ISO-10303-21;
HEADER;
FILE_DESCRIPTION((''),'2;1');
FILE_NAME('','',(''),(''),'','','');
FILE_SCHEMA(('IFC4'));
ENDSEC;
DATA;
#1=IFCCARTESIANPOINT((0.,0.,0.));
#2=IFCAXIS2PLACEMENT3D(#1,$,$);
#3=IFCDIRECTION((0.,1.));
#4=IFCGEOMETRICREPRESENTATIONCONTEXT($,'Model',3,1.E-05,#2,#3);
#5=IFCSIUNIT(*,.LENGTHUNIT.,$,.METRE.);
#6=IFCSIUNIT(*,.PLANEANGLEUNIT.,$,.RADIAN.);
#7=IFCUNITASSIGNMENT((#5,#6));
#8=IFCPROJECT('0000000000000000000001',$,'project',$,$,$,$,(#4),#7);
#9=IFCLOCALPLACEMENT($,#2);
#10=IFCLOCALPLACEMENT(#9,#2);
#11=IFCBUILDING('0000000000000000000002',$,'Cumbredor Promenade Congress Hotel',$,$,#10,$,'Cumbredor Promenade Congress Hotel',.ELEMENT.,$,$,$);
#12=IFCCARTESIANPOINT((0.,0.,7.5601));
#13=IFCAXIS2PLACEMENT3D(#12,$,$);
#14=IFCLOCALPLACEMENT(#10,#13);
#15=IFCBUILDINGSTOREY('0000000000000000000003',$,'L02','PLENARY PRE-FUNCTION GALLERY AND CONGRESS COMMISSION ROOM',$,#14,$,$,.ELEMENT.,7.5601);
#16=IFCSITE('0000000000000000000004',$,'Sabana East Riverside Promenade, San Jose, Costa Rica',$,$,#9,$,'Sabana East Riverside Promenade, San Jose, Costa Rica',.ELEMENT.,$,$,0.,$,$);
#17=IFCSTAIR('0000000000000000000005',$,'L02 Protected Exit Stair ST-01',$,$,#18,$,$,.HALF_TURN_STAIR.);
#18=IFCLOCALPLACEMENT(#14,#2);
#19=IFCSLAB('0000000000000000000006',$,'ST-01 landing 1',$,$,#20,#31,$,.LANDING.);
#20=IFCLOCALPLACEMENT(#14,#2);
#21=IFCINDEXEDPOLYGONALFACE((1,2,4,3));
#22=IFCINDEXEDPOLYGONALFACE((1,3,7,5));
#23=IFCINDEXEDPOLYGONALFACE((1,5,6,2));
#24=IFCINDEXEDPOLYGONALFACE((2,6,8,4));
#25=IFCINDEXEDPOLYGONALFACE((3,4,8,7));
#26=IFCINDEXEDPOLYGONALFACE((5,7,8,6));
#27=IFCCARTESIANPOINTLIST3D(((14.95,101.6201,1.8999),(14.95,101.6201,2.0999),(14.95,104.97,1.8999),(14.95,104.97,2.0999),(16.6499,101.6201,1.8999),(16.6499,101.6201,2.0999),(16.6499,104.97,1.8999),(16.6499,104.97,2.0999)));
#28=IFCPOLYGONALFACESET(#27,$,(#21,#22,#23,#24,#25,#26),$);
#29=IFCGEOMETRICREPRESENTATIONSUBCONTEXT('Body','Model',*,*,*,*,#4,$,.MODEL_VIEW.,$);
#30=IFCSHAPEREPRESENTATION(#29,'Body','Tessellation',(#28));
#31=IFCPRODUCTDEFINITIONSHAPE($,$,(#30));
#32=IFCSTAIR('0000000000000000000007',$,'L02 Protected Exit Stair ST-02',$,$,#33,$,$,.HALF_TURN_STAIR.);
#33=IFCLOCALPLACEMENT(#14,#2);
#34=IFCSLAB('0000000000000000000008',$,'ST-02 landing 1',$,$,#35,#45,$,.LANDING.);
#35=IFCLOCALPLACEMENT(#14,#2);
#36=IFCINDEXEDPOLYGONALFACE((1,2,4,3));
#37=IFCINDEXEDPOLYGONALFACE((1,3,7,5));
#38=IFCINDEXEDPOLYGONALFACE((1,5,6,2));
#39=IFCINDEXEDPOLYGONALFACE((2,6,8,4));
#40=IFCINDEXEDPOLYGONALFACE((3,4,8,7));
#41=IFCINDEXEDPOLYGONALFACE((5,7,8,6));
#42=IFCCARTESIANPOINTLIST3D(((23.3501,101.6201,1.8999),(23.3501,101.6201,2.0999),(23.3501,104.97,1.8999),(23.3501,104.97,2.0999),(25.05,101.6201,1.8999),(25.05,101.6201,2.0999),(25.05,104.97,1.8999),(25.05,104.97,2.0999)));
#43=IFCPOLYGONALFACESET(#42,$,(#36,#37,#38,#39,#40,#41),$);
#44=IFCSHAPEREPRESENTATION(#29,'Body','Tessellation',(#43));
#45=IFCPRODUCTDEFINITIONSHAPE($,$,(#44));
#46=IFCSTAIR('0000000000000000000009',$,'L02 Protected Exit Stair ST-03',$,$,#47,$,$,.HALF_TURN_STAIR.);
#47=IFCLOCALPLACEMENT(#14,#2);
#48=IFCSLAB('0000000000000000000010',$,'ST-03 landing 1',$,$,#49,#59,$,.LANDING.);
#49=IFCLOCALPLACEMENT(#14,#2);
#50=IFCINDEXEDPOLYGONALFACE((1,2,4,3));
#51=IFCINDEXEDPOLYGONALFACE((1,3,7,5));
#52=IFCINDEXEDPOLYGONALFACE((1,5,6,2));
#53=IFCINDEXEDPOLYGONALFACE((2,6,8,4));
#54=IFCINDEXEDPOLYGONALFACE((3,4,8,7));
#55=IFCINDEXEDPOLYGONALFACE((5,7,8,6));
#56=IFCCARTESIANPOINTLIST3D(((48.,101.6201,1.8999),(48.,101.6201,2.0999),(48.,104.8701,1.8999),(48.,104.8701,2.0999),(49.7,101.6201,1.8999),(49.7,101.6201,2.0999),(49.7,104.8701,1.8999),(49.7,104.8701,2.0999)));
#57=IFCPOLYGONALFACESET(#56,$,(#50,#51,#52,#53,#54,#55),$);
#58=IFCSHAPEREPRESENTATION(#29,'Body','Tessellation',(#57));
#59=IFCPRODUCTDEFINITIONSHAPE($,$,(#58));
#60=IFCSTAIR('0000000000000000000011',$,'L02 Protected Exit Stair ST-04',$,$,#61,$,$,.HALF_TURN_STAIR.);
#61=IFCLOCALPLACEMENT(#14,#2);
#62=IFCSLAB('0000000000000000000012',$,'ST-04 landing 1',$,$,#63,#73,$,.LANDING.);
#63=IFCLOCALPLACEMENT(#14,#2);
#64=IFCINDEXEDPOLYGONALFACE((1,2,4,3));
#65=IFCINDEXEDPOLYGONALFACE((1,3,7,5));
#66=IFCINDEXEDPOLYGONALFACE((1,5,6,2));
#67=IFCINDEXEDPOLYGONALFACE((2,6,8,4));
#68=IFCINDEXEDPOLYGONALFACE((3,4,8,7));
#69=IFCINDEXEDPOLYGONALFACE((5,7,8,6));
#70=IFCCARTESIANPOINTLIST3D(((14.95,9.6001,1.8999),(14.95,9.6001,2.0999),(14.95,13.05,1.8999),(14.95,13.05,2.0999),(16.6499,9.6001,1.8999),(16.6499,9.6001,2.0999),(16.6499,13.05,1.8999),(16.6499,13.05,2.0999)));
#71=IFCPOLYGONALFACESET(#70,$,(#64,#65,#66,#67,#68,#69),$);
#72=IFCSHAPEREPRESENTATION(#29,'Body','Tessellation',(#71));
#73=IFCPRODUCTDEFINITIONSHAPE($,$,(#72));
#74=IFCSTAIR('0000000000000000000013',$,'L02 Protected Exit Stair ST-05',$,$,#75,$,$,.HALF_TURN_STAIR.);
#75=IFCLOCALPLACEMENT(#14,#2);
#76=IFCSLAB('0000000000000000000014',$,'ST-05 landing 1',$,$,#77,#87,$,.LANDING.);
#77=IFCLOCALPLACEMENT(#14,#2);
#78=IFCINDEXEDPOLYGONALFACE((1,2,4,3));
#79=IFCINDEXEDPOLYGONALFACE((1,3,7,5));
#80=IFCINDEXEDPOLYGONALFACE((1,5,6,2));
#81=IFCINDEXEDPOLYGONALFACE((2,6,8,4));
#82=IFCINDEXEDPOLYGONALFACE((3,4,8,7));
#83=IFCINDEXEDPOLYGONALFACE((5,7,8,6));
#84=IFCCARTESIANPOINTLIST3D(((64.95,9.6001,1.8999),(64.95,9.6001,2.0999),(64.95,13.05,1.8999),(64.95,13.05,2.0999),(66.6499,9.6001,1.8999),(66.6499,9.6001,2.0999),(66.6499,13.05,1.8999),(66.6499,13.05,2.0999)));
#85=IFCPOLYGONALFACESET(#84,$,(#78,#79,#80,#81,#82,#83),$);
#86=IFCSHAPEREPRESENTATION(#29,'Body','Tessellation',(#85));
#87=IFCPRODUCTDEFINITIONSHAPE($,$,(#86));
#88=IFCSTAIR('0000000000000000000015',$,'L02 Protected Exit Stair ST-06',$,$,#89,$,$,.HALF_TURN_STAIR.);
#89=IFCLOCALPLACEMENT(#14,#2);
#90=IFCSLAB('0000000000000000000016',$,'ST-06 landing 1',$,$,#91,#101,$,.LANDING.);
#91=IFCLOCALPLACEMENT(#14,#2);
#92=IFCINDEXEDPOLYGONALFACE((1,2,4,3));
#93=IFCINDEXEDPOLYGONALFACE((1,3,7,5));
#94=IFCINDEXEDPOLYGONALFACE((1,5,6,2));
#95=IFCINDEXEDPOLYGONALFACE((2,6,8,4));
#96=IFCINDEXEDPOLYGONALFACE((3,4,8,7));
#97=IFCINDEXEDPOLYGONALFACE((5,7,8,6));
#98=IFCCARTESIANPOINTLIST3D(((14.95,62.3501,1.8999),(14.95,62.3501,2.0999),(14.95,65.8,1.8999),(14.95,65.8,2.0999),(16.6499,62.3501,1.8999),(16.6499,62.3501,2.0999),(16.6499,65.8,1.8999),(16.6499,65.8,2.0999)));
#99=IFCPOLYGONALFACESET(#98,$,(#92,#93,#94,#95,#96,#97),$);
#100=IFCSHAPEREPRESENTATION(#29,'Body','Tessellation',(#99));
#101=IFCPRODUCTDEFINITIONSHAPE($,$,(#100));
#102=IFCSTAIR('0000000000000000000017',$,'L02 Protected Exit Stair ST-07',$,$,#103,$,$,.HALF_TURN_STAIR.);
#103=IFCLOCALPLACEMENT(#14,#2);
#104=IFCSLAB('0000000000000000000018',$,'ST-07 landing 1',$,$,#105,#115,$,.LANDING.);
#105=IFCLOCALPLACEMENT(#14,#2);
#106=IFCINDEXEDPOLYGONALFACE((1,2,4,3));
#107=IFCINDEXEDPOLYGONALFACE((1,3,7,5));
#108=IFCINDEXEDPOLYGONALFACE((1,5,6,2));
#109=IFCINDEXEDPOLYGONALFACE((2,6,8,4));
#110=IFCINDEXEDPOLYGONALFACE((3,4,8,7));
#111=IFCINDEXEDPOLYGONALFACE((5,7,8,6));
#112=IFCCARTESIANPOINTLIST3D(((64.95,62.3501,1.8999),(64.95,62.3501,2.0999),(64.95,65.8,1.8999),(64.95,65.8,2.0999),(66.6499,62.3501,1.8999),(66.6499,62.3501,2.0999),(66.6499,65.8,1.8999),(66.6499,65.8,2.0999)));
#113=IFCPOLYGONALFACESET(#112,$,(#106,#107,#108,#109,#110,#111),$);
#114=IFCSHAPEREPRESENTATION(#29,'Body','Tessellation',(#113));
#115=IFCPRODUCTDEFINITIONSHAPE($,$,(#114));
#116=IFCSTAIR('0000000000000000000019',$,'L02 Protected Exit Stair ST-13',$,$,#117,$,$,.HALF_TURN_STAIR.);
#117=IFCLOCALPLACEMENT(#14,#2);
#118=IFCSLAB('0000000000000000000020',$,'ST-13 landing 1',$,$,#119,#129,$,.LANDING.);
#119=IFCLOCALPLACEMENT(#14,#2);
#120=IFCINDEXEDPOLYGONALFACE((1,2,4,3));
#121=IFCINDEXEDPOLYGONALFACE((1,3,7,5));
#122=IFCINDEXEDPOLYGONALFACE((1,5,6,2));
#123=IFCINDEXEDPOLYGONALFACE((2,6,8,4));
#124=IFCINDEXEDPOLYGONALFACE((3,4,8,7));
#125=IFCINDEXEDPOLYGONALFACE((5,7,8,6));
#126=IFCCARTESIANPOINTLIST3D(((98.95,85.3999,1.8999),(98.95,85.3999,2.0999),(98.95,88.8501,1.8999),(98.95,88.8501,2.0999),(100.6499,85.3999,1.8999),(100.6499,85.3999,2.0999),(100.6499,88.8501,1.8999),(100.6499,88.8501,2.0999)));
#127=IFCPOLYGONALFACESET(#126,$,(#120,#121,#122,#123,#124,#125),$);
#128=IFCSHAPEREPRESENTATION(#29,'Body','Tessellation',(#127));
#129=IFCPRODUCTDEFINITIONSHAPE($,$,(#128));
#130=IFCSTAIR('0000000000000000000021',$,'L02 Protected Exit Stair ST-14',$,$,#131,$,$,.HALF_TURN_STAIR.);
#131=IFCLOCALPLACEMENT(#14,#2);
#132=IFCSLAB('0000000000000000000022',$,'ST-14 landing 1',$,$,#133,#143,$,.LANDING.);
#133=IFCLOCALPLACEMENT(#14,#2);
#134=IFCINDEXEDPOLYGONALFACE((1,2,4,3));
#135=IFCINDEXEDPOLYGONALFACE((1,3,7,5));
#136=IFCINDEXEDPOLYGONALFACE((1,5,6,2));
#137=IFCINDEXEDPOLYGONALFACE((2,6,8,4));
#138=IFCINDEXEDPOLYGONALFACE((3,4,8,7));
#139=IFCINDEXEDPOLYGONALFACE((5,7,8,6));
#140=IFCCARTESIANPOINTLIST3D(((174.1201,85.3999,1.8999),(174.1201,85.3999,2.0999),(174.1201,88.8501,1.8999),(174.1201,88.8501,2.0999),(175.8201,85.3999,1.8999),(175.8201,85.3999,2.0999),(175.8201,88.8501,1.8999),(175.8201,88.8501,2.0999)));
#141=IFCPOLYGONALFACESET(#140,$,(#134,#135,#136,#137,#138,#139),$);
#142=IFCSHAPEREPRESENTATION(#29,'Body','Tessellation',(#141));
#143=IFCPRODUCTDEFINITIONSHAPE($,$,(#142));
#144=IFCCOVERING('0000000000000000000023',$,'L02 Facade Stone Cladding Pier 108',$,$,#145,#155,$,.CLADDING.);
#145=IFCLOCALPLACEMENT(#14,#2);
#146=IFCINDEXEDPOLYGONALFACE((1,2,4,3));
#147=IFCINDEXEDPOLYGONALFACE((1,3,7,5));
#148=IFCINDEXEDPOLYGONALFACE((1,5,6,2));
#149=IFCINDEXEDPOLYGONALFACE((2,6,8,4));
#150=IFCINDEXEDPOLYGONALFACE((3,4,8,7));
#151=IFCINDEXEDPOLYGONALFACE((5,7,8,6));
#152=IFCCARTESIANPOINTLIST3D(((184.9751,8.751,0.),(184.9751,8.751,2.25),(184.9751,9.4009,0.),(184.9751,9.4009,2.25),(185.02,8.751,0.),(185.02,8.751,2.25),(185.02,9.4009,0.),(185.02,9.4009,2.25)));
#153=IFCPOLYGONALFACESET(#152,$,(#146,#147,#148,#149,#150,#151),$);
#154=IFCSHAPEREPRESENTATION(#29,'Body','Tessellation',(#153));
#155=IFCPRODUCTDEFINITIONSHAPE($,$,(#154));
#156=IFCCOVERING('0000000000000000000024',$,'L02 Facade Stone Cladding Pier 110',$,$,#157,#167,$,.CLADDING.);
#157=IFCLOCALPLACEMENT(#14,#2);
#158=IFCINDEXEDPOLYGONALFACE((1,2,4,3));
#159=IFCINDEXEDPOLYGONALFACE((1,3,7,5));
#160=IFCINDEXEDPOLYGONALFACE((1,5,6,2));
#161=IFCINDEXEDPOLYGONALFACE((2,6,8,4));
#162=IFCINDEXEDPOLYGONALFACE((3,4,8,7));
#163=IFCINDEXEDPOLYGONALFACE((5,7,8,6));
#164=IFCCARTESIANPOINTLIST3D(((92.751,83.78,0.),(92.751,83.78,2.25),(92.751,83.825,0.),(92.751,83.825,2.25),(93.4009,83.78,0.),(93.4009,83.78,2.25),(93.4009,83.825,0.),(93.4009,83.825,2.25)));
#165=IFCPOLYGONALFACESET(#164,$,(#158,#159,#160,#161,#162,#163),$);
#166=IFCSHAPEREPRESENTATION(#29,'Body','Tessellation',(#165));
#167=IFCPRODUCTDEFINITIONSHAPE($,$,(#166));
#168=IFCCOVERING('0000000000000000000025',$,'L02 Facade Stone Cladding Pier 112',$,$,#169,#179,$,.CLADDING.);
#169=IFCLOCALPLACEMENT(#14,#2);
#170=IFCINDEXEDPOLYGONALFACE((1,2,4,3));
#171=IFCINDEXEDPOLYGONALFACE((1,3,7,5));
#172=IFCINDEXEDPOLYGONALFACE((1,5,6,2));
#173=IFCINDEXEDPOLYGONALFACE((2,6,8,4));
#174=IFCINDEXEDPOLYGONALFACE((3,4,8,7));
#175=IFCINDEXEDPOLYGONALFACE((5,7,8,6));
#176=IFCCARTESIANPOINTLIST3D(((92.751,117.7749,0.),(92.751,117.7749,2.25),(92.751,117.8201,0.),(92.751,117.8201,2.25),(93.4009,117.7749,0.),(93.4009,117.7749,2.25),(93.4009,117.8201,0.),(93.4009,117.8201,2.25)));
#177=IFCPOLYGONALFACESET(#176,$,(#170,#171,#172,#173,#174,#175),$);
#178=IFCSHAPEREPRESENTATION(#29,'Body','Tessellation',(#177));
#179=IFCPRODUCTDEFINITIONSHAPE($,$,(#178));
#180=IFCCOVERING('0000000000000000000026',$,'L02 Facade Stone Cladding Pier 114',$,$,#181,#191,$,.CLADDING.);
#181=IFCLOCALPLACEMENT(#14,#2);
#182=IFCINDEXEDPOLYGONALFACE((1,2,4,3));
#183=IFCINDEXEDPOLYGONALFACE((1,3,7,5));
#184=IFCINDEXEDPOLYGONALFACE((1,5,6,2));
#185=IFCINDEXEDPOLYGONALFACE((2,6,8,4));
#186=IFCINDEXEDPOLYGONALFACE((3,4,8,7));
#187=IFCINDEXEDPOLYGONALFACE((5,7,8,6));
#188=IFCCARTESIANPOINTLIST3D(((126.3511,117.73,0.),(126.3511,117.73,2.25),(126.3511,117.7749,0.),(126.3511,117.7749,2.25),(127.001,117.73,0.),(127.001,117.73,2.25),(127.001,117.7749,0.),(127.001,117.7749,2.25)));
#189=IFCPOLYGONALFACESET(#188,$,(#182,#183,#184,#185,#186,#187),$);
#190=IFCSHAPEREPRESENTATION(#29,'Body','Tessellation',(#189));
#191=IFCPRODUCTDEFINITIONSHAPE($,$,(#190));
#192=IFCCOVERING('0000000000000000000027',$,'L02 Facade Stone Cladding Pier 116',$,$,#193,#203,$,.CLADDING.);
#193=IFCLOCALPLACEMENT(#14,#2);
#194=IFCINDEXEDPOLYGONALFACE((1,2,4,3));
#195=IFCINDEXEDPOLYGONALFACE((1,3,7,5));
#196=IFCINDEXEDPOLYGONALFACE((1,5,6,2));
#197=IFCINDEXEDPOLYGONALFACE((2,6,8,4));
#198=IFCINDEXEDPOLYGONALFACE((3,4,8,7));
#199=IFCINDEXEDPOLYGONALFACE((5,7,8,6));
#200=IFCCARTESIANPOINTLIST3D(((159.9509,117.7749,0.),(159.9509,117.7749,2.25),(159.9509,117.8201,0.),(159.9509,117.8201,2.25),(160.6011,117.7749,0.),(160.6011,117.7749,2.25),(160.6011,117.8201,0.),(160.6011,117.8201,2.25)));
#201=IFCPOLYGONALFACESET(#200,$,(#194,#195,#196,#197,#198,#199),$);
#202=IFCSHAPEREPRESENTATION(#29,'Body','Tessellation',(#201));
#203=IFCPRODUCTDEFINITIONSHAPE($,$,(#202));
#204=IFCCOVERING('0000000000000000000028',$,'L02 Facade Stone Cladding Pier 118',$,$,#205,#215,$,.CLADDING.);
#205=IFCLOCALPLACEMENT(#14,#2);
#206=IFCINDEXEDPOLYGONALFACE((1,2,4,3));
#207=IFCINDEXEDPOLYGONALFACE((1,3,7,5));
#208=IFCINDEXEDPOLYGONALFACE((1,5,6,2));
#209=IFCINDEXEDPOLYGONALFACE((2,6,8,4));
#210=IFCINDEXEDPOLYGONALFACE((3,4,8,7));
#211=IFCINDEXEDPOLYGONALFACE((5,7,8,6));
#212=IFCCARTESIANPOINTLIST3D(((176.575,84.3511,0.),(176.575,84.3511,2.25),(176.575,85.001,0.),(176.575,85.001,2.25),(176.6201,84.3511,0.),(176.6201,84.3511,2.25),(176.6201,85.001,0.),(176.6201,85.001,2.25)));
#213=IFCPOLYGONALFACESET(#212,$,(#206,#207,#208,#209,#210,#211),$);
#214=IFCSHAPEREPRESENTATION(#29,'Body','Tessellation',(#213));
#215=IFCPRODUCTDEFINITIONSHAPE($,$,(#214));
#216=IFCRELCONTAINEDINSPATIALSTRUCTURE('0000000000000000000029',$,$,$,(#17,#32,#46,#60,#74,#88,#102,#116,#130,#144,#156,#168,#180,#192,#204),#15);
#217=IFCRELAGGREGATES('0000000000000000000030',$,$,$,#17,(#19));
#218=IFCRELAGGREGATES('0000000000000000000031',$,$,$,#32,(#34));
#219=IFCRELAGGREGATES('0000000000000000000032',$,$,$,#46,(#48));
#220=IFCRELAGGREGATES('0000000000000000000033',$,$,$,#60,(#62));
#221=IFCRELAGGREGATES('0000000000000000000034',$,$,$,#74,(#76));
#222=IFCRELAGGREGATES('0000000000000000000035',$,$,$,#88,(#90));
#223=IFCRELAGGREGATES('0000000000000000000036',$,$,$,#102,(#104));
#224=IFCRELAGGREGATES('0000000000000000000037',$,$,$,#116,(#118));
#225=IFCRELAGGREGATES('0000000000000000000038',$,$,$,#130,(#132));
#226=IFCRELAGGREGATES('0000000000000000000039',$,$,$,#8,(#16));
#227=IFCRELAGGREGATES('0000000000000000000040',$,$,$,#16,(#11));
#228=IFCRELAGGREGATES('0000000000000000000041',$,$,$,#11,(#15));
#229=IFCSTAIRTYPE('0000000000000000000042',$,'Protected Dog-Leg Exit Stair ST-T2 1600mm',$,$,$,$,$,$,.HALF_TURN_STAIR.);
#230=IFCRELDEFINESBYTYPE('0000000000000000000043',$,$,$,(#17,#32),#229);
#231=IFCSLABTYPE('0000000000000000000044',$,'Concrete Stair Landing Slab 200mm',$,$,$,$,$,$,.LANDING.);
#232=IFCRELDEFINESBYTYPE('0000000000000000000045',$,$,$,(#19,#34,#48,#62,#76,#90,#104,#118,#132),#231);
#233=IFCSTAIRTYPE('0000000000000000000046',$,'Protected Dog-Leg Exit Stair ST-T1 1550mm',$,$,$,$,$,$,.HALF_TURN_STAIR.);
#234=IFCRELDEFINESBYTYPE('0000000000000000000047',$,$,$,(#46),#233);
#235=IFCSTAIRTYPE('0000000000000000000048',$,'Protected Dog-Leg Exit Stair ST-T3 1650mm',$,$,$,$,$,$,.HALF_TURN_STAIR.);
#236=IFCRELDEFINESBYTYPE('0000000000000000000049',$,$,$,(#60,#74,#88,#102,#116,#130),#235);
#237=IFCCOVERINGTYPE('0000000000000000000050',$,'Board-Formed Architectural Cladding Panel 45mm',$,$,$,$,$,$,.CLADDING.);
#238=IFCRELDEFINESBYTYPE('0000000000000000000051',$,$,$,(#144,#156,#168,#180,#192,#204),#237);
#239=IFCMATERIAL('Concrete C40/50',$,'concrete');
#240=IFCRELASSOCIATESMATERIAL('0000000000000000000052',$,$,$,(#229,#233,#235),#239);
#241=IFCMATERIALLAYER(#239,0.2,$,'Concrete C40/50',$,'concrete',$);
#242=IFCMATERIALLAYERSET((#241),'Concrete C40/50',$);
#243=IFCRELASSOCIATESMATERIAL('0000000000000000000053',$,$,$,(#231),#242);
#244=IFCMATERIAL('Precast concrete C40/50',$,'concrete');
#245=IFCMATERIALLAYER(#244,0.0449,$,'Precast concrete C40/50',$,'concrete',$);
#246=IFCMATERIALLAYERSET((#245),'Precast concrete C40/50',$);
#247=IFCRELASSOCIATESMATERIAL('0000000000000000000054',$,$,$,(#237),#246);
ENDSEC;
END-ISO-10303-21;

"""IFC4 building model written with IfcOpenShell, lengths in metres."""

from ifc_helpers import new_model, si_unit, direction, frame, origin, place, context, subcontext, project, spatial, polyline, outline, extrude, material, layer, layer_set, type_object, element, aggregate, save


model = new_model("IFC4")

# Units and contexts
model_context = context("Model", 3, precision=1e-05, world=origin(), true_north=direction((0.0, 1.0)))
body_context = subcontext(model_context, "Body", "Model", "MODEL_VIEW")
ifc_project = project(units=[si_unit("LENGTHUNIT", "METRE"), si_unit("PLANEANGLEUNIT", "RADIAN")], contexts=[model_context])

# Site, building, storey
site_placement = place(None, origin())
site = spatial("IfcSite", under=ifc_project, at=site_placement, Name="Sabana East Riverside Promenade, San Jose, Costa Rica", LongName="Sabana East Riverside Promenade, San Jose, Costa Rica", CompositionType="ELEMENT", RefElevation=0.0)
building_placement = place(site_placement, origin())
building = spatial("IfcBuilding", under=site, at=building_placement, Name="Cumbredor Promenade Congress Hotel", LongName="Cumbredor Promenade Congress Hotel", CompositionType="ELEMENT")
storey_placement = place(building_placement, frame((0.0, 0.0, 7.5601)))
storey = spatial("IfcBuildingStorey", under=building, at=storey_placement, Name="L02", Description="PLENARY PRE-FUNCTION GALLERY AND CONGRESS COMMISSION ROOM", CompositionType="ELEMENT", Elevation=7.5601)

# Stairs, slabs
ifc_material_1 = material(Name="Concrete C40/50", Category="concrete")
stair_type_1 = type_object("IfcStairType", Name="Protected Dog-Leg Exit Stair ST-T2 1600mm", PredefinedType="HALF_TURN_STAIR", material=ifc_material_1)
stair_1_placement = place(storey_placement, origin())
stair_1 = element("IfcStair", 1, at=stair_1_placement, inside=storey, type_object=stair_type_1, Name="L02 Protected Exit Stair ST-01", PredefinedType="HALF_TURN_STAIR")
ifc_layer_1 = layer(ifc_material_1, 0.2, Name="Concrete C40/50", Category="concrete")
ifc_layer_set_1 = layer_set([ifc_layer_1], Name="Concrete C40/50")
slab_type = type_object("IfcSlabType", Name="Concrete Stair Landing Slab 200mm", PredefinedType="LANDING", material=ifc_layer_set_1)
slab_1_placement = place(storey_placement, frame((0.0, 0.0, 1.8999)))
slab_1 = element("IfcSlab", 2, at=slab_1_placement, type_object=slab_type, Name="ST-01 landing 1", PredefinedType="LANDING", context=body_context, shape_type="SweptSolid", body=[
    extrude(outline(polyline([(14.95, 101.6201), (16.6499, 101.6201), (16.6499, 104.97), (14.95, 104.97), (14.95, 101.6201)])), origin(), (0.0, 0.0, 1.0), 0.2),
])
aggregate(stair_1, [slab_1])
stair_2_placement = place(storey_placement, origin())
stair_2 = element("IfcStair", 3, at=stair_2_placement, inside=storey, type_object=stair_type_1, Name="L02 Protected Exit Stair ST-02", PredefinedType="HALF_TURN_STAIR")
slab_2_placement = place(storey_placement, frame((0.0, 0.0, 1.8999)))
slab_2 = element("IfcSlab", 4, at=slab_2_placement, type_object=slab_type, Name="ST-02 landing 1", PredefinedType="LANDING", context=body_context, shape_type="SweptSolid", body=[
    extrude(outline(polyline([(23.3501, 101.6201), (25.05, 101.6201), (25.05, 104.97), (23.3501, 104.97), (23.3501, 101.6201)])), origin(), (0.0, 0.0, 1.0), 0.2),
])
aggregate(stair_2, [slab_2])
stair_type_2 = type_object("IfcStairType", Name="Protected Dog-Leg Exit Stair ST-T1 1550mm", PredefinedType="HALF_TURN_STAIR", material=ifc_material_1)
stair_3_placement = place(storey_placement, origin())
stair_3 = element("IfcStair", 5, at=stair_3_placement, inside=storey, type_object=stair_type_2, Name="L02 Protected Exit Stair ST-03", PredefinedType="HALF_TURN_STAIR")
slab_3_placement = place(storey_placement, frame((0.0, 0.0, 1.8999)))
slab_3 = element("IfcSlab", 6, at=slab_3_placement, type_object=slab_type, Name="ST-03 landing 1", PredefinedType="LANDING", context=body_context, shape_type="SweptSolid", body=[
    extrude(outline(polyline([(48.0, 101.6201), (49.7, 101.6201), (49.7, 104.8701), (48.0, 104.8701), (48.0, 101.6201)])), origin(), (0.0, 0.0, 1.0), 0.2),
])
aggregate(stair_3, [slab_3])
stair_type_3 = type_object("IfcStairType", Name="Protected Dog-Leg Exit Stair ST-T3 1650mm", PredefinedType="HALF_TURN_STAIR", material=ifc_material_1)
stair_4_placement = place(storey_placement, origin())
stair_4 = element("IfcStair", 7, at=stair_4_placement, inside=storey, type_object=stair_type_3, Name="L02 Protected Exit Stair ST-04", PredefinedType="HALF_TURN_STAIR")
slab_4_placement = place(storey_placement, frame((0.0, 0.0, 1.8999)))
slab_4 = element("IfcSlab", 8, at=slab_4_placement, type_object=slab_type, Name="ST-04 landing 1", PredefinedType="LANDING", context=body_context, shape_type="SweptSolid", body=[
    extrude(outline(polyline([(14.95, 9.6001), (16.6499, 9.6001), (16.6499, 13.05), (14.95, 13.05), (14.95, 9.6001)])), origin(), (0.0, 0.0, 1.0), 0.2),
])
aggregate(stair_4, [slab_4])
stair_5_placement = place(storey_placement, origin())
stair_5 = element("IfcStair", 9, at=stair_5_placement, inside=storey, type_object=stair_type_3, Name="L02 Protected Exit Stair ST-05", PredefinedType="HALF_TURN_STAIR")
slab_5_placement = place(storey_placement, frame((0.0, 0.0, 1.8999)))
slab_5 = element("IfcSlab", 10, at=slab_5_placement, type_object=slab_type, Name="ST-05 landing 1", PredefinedType="LANDING", context=body_context, shape_type="SweptSolid", body=[
    extrude(outline(polyline([(64.95, 9.6001), (66.6499, 9.6001), (66.6499, 13.05), (64.95, 13.05), (64.95, 9.6001)])), origin(), (0.0, 0.0, 1.0), 0.2),
])
aggregate(stair_5, [slab_5])
stair_6_placement = place(storey_placement, origin())
stair_6 = element("IfcStair", 11, at=stair_6_placement, inside=storey, type_object=stair_type_3, Name="L02 Protected Exit Stair ST-06", PredefinedType="HALF_TURN_STAIR")
slab_6_placement = place(storey_placement, frame((0.0, 0.0, 1.8999)))
slab_6 = element("IfcSlab", 12, at=slab_6_placement, type_object=slab_type, Name="ST-06 landing 1", PredefinedType="LANDING", context=body_context, shape_type="SweptSolid", body=[
    extrude(outline(polyline([(14.95, 62.3501), (16.6499, 62.3501), (16.6499, 65.8), (14.95, 65.8), (14.95, 62.3501)])), origin(), (0.0, 0.0, 1.0), 0.2),
])
aggregate(stair_6, [slab_6])
stair_7_placement = place(storey_placement, origin())
stair_7 = element("IfcStair", 13, at=stair_7_placement, inside=storey, type_object=stair_type_3, Name="L02 Protected Exit Stair ST-07", PredefinedType="HALF_TURN_STAIR")
slab_7_placement = place(storey_placement, frame((0.0, 0.0, 1.8999)))
slab_7 = element("IfcSlab", 14, at=slab_7_placement, type_object=slab_type, Name="ST-07 landing 1", PredefinedType="LANDING", context=body_context, shape_type="SweptSolid", body=[
    extrude(outline(polyline([(64.95, 62.3501), (66.6499, 62.3501), (66.6499, 65.8), (64.95, 65.8), (64.95, 62.3501)])), origin(), (0.0, 0.0, 1.0), 0.2),
])
aggregate(stair_7, [slab_7])
stair_8_placement = place(storey_placement, origin())
stair_8 = element("IfcStair", 15, at=stair_8_placement, inside=storey, type_object=stair_type_3, Name="L02 Protected Exit Stair ST-13", PredefinedType="HALF_TURN_STAIR")
slab_8_placement = place(storey_placement, frame((0.0, 0.0, 1.8999)))
slab_8 = element("IfcSlab", 16, at=slab_8_placement, type_object=slab_type, Name="ST-13 landing 1", PredefinedType="LANDING", context=body_context, shape_type="SweptSolid", body=[
    extrude(outline(polyline([(98.95, 85.3999), (100.6499, 85.3999), (100.6499, 88.8501), (98.95, 88.8501), (98.95, 85.3999)])), origin(), (0.0, 0.0, 1.0), 0.2),
])
aggregate(stair_8, [slab_8])
stair_9_placement = place(storey_placement, origin())
stair_9 = element("IfcStair", 17, at=stair_9_placement, inside=storey, type_object=stair_type_3, Name="L02 Protected Exit Stair ST-14", PredefinedType="HALF_TURN_STAIR")
slab_9_placement = place(storey_placement, frame((0.0, 0.0, 1.8999)))
slab_9 = element("IfcSlab", 18, at=slab_9_placement, type_object=slab_type, Name="ST-14 landing 1", PredefinedType="LANDING", context=body_context, shape_type="SweptSolid", body=[
    extrude(outline(polyline([(174.1201, 85.3999), (175.8201, 85.3999), (175.8201, 88.8501), (174.1201, 88.8501), (174.1201, 85.3999)])), origin(), (0.0, 0.0, 1.0), 0.2),
])
aggregate(stair_9, [slab_9])

# Coverings
ifc_material_2 = material(Name="Precast concrete C40/50", Category="concrete")
ifc_layer_2 = layer(ifc_material_2, 0.0449, Name="Precast concrete C40/50", Category="concrete")
ifc_layer_set_2 = layer_set([ifc_layer_2], Name="Precast concrete C40/50")
covering_type_1 = type_object("IfcCoveringType", Name="Board-Formed Architectural Cladding Panel 45mm", PredefinedType="CLADDING", material=ifc_layer_set_2)
covering_1_placement = place(storey_placement, origin())
element("IfcCovering", 19, at=covering_1_placement, inside=storey, type_object=covering_type_1, Name="L02 Facade Stone Cladding Pier 108", PredefinedType="CLADDING", context=body_context, shape_type="SweptSolid", body=[
    extrude(outline(polyline([(184.9751, 8.751), (184.9751, 9.4009), (185.02, 9.4009), (185.02, 8.751), (184.9751, 8.751)])), origin(), (0.0, 0.0, 1.0), 2.25),
])
covering_2_placement = place(storey_placement, origin())
element("IfcCovering", 20, at=covering_2_placement, inside=storey, type_object=covering_type_1, Name="L02 Facade Stone Cladding Pier 110", PredefinedType="CLADDING", context=body_context, shape_type="SweptSolid", body=[
    extrude(outline(polyline([(92.751, 83.825), (93.4009, 83.825), (93.4009, 83.78), (92.751, 83.78), (92.751, 83.825)])), origin(), (0.0, 0.0, 1.0), 2.25),
])
covering_3_placement = place(storey_placement, origin())
element("IfcCovering", 21, at=covering_3_placement, inside=storey, type_object=covering_type_1, Name="L02 Facade Stone Cladding Pier 112", PredefinedType="CLADDING", context=body_context, shape_type="SweptSolid", body=[
    extrude(outline(polyline([(92.751, 117.7749), (93.4009, 117.7749), (93.4009, 117.8201), (92.751, 117.8201), (92.751, 117.7749)])), origin(), (0.0, 0.0, 1.0), 2.25),
])
covering_4_placement = place(storey_placement, origin())
element("IfcCovering", 22, at=covering_4_placement, inside=storey, type_object=covering_type_1, Name="L02 Facade Stone Cladding Pier 114", PredefinedType="CLADDING", context=body_context, shape_type="SweptSolid", body=[
    extrude(outline(polyline([(126.3511, 117.73), (127.001, 117.73), (127.001, 117.7749), (126.3511, 117.7749), (126.3511, 117.73)])), origin(), (0.0, 0.0, 1.0), 2.25),
])
covering_5_placement = place(storey_placement, origin())
element("IfcCovering", 23, at=covering_5_placement, inside=storey, type_object=covering_type_1, Name="L02 Facade Stone Cladding Pier 116", PredefinedType="CLADDING", context=body_context, shape_type="SweptSolid", body=[
    extrude(outline(polyline([(159.9509, 117.7749), (160.6011, 117.7749), (160.6011, 117.8201), (159.9509, 117.8201), (159.9509, 117.7749)])), origin(), (0.0, 0.0, 1.0), 2.25),
])
covering_6_placement = place(storey_placement, origin())
element("IfcCovering", 24, at=covering_6_placement, inside=storey, type_object=covering_type_1, Name="L02 Facade Stone Cladding Pier 118", PredefinedType="CLADDING", context=body_context, shape_type="SweptSolid", body=[
    extrude(outline(polyline([(176.575, 84.3511), (176.575, 85.001), (176.6201, 85.001), (176.6201, 84.3511), (176.575, 84.3511)])), origin(), (0.0, 0.0, 1.0), 2.25),
])

save(model, "model.ifc")
